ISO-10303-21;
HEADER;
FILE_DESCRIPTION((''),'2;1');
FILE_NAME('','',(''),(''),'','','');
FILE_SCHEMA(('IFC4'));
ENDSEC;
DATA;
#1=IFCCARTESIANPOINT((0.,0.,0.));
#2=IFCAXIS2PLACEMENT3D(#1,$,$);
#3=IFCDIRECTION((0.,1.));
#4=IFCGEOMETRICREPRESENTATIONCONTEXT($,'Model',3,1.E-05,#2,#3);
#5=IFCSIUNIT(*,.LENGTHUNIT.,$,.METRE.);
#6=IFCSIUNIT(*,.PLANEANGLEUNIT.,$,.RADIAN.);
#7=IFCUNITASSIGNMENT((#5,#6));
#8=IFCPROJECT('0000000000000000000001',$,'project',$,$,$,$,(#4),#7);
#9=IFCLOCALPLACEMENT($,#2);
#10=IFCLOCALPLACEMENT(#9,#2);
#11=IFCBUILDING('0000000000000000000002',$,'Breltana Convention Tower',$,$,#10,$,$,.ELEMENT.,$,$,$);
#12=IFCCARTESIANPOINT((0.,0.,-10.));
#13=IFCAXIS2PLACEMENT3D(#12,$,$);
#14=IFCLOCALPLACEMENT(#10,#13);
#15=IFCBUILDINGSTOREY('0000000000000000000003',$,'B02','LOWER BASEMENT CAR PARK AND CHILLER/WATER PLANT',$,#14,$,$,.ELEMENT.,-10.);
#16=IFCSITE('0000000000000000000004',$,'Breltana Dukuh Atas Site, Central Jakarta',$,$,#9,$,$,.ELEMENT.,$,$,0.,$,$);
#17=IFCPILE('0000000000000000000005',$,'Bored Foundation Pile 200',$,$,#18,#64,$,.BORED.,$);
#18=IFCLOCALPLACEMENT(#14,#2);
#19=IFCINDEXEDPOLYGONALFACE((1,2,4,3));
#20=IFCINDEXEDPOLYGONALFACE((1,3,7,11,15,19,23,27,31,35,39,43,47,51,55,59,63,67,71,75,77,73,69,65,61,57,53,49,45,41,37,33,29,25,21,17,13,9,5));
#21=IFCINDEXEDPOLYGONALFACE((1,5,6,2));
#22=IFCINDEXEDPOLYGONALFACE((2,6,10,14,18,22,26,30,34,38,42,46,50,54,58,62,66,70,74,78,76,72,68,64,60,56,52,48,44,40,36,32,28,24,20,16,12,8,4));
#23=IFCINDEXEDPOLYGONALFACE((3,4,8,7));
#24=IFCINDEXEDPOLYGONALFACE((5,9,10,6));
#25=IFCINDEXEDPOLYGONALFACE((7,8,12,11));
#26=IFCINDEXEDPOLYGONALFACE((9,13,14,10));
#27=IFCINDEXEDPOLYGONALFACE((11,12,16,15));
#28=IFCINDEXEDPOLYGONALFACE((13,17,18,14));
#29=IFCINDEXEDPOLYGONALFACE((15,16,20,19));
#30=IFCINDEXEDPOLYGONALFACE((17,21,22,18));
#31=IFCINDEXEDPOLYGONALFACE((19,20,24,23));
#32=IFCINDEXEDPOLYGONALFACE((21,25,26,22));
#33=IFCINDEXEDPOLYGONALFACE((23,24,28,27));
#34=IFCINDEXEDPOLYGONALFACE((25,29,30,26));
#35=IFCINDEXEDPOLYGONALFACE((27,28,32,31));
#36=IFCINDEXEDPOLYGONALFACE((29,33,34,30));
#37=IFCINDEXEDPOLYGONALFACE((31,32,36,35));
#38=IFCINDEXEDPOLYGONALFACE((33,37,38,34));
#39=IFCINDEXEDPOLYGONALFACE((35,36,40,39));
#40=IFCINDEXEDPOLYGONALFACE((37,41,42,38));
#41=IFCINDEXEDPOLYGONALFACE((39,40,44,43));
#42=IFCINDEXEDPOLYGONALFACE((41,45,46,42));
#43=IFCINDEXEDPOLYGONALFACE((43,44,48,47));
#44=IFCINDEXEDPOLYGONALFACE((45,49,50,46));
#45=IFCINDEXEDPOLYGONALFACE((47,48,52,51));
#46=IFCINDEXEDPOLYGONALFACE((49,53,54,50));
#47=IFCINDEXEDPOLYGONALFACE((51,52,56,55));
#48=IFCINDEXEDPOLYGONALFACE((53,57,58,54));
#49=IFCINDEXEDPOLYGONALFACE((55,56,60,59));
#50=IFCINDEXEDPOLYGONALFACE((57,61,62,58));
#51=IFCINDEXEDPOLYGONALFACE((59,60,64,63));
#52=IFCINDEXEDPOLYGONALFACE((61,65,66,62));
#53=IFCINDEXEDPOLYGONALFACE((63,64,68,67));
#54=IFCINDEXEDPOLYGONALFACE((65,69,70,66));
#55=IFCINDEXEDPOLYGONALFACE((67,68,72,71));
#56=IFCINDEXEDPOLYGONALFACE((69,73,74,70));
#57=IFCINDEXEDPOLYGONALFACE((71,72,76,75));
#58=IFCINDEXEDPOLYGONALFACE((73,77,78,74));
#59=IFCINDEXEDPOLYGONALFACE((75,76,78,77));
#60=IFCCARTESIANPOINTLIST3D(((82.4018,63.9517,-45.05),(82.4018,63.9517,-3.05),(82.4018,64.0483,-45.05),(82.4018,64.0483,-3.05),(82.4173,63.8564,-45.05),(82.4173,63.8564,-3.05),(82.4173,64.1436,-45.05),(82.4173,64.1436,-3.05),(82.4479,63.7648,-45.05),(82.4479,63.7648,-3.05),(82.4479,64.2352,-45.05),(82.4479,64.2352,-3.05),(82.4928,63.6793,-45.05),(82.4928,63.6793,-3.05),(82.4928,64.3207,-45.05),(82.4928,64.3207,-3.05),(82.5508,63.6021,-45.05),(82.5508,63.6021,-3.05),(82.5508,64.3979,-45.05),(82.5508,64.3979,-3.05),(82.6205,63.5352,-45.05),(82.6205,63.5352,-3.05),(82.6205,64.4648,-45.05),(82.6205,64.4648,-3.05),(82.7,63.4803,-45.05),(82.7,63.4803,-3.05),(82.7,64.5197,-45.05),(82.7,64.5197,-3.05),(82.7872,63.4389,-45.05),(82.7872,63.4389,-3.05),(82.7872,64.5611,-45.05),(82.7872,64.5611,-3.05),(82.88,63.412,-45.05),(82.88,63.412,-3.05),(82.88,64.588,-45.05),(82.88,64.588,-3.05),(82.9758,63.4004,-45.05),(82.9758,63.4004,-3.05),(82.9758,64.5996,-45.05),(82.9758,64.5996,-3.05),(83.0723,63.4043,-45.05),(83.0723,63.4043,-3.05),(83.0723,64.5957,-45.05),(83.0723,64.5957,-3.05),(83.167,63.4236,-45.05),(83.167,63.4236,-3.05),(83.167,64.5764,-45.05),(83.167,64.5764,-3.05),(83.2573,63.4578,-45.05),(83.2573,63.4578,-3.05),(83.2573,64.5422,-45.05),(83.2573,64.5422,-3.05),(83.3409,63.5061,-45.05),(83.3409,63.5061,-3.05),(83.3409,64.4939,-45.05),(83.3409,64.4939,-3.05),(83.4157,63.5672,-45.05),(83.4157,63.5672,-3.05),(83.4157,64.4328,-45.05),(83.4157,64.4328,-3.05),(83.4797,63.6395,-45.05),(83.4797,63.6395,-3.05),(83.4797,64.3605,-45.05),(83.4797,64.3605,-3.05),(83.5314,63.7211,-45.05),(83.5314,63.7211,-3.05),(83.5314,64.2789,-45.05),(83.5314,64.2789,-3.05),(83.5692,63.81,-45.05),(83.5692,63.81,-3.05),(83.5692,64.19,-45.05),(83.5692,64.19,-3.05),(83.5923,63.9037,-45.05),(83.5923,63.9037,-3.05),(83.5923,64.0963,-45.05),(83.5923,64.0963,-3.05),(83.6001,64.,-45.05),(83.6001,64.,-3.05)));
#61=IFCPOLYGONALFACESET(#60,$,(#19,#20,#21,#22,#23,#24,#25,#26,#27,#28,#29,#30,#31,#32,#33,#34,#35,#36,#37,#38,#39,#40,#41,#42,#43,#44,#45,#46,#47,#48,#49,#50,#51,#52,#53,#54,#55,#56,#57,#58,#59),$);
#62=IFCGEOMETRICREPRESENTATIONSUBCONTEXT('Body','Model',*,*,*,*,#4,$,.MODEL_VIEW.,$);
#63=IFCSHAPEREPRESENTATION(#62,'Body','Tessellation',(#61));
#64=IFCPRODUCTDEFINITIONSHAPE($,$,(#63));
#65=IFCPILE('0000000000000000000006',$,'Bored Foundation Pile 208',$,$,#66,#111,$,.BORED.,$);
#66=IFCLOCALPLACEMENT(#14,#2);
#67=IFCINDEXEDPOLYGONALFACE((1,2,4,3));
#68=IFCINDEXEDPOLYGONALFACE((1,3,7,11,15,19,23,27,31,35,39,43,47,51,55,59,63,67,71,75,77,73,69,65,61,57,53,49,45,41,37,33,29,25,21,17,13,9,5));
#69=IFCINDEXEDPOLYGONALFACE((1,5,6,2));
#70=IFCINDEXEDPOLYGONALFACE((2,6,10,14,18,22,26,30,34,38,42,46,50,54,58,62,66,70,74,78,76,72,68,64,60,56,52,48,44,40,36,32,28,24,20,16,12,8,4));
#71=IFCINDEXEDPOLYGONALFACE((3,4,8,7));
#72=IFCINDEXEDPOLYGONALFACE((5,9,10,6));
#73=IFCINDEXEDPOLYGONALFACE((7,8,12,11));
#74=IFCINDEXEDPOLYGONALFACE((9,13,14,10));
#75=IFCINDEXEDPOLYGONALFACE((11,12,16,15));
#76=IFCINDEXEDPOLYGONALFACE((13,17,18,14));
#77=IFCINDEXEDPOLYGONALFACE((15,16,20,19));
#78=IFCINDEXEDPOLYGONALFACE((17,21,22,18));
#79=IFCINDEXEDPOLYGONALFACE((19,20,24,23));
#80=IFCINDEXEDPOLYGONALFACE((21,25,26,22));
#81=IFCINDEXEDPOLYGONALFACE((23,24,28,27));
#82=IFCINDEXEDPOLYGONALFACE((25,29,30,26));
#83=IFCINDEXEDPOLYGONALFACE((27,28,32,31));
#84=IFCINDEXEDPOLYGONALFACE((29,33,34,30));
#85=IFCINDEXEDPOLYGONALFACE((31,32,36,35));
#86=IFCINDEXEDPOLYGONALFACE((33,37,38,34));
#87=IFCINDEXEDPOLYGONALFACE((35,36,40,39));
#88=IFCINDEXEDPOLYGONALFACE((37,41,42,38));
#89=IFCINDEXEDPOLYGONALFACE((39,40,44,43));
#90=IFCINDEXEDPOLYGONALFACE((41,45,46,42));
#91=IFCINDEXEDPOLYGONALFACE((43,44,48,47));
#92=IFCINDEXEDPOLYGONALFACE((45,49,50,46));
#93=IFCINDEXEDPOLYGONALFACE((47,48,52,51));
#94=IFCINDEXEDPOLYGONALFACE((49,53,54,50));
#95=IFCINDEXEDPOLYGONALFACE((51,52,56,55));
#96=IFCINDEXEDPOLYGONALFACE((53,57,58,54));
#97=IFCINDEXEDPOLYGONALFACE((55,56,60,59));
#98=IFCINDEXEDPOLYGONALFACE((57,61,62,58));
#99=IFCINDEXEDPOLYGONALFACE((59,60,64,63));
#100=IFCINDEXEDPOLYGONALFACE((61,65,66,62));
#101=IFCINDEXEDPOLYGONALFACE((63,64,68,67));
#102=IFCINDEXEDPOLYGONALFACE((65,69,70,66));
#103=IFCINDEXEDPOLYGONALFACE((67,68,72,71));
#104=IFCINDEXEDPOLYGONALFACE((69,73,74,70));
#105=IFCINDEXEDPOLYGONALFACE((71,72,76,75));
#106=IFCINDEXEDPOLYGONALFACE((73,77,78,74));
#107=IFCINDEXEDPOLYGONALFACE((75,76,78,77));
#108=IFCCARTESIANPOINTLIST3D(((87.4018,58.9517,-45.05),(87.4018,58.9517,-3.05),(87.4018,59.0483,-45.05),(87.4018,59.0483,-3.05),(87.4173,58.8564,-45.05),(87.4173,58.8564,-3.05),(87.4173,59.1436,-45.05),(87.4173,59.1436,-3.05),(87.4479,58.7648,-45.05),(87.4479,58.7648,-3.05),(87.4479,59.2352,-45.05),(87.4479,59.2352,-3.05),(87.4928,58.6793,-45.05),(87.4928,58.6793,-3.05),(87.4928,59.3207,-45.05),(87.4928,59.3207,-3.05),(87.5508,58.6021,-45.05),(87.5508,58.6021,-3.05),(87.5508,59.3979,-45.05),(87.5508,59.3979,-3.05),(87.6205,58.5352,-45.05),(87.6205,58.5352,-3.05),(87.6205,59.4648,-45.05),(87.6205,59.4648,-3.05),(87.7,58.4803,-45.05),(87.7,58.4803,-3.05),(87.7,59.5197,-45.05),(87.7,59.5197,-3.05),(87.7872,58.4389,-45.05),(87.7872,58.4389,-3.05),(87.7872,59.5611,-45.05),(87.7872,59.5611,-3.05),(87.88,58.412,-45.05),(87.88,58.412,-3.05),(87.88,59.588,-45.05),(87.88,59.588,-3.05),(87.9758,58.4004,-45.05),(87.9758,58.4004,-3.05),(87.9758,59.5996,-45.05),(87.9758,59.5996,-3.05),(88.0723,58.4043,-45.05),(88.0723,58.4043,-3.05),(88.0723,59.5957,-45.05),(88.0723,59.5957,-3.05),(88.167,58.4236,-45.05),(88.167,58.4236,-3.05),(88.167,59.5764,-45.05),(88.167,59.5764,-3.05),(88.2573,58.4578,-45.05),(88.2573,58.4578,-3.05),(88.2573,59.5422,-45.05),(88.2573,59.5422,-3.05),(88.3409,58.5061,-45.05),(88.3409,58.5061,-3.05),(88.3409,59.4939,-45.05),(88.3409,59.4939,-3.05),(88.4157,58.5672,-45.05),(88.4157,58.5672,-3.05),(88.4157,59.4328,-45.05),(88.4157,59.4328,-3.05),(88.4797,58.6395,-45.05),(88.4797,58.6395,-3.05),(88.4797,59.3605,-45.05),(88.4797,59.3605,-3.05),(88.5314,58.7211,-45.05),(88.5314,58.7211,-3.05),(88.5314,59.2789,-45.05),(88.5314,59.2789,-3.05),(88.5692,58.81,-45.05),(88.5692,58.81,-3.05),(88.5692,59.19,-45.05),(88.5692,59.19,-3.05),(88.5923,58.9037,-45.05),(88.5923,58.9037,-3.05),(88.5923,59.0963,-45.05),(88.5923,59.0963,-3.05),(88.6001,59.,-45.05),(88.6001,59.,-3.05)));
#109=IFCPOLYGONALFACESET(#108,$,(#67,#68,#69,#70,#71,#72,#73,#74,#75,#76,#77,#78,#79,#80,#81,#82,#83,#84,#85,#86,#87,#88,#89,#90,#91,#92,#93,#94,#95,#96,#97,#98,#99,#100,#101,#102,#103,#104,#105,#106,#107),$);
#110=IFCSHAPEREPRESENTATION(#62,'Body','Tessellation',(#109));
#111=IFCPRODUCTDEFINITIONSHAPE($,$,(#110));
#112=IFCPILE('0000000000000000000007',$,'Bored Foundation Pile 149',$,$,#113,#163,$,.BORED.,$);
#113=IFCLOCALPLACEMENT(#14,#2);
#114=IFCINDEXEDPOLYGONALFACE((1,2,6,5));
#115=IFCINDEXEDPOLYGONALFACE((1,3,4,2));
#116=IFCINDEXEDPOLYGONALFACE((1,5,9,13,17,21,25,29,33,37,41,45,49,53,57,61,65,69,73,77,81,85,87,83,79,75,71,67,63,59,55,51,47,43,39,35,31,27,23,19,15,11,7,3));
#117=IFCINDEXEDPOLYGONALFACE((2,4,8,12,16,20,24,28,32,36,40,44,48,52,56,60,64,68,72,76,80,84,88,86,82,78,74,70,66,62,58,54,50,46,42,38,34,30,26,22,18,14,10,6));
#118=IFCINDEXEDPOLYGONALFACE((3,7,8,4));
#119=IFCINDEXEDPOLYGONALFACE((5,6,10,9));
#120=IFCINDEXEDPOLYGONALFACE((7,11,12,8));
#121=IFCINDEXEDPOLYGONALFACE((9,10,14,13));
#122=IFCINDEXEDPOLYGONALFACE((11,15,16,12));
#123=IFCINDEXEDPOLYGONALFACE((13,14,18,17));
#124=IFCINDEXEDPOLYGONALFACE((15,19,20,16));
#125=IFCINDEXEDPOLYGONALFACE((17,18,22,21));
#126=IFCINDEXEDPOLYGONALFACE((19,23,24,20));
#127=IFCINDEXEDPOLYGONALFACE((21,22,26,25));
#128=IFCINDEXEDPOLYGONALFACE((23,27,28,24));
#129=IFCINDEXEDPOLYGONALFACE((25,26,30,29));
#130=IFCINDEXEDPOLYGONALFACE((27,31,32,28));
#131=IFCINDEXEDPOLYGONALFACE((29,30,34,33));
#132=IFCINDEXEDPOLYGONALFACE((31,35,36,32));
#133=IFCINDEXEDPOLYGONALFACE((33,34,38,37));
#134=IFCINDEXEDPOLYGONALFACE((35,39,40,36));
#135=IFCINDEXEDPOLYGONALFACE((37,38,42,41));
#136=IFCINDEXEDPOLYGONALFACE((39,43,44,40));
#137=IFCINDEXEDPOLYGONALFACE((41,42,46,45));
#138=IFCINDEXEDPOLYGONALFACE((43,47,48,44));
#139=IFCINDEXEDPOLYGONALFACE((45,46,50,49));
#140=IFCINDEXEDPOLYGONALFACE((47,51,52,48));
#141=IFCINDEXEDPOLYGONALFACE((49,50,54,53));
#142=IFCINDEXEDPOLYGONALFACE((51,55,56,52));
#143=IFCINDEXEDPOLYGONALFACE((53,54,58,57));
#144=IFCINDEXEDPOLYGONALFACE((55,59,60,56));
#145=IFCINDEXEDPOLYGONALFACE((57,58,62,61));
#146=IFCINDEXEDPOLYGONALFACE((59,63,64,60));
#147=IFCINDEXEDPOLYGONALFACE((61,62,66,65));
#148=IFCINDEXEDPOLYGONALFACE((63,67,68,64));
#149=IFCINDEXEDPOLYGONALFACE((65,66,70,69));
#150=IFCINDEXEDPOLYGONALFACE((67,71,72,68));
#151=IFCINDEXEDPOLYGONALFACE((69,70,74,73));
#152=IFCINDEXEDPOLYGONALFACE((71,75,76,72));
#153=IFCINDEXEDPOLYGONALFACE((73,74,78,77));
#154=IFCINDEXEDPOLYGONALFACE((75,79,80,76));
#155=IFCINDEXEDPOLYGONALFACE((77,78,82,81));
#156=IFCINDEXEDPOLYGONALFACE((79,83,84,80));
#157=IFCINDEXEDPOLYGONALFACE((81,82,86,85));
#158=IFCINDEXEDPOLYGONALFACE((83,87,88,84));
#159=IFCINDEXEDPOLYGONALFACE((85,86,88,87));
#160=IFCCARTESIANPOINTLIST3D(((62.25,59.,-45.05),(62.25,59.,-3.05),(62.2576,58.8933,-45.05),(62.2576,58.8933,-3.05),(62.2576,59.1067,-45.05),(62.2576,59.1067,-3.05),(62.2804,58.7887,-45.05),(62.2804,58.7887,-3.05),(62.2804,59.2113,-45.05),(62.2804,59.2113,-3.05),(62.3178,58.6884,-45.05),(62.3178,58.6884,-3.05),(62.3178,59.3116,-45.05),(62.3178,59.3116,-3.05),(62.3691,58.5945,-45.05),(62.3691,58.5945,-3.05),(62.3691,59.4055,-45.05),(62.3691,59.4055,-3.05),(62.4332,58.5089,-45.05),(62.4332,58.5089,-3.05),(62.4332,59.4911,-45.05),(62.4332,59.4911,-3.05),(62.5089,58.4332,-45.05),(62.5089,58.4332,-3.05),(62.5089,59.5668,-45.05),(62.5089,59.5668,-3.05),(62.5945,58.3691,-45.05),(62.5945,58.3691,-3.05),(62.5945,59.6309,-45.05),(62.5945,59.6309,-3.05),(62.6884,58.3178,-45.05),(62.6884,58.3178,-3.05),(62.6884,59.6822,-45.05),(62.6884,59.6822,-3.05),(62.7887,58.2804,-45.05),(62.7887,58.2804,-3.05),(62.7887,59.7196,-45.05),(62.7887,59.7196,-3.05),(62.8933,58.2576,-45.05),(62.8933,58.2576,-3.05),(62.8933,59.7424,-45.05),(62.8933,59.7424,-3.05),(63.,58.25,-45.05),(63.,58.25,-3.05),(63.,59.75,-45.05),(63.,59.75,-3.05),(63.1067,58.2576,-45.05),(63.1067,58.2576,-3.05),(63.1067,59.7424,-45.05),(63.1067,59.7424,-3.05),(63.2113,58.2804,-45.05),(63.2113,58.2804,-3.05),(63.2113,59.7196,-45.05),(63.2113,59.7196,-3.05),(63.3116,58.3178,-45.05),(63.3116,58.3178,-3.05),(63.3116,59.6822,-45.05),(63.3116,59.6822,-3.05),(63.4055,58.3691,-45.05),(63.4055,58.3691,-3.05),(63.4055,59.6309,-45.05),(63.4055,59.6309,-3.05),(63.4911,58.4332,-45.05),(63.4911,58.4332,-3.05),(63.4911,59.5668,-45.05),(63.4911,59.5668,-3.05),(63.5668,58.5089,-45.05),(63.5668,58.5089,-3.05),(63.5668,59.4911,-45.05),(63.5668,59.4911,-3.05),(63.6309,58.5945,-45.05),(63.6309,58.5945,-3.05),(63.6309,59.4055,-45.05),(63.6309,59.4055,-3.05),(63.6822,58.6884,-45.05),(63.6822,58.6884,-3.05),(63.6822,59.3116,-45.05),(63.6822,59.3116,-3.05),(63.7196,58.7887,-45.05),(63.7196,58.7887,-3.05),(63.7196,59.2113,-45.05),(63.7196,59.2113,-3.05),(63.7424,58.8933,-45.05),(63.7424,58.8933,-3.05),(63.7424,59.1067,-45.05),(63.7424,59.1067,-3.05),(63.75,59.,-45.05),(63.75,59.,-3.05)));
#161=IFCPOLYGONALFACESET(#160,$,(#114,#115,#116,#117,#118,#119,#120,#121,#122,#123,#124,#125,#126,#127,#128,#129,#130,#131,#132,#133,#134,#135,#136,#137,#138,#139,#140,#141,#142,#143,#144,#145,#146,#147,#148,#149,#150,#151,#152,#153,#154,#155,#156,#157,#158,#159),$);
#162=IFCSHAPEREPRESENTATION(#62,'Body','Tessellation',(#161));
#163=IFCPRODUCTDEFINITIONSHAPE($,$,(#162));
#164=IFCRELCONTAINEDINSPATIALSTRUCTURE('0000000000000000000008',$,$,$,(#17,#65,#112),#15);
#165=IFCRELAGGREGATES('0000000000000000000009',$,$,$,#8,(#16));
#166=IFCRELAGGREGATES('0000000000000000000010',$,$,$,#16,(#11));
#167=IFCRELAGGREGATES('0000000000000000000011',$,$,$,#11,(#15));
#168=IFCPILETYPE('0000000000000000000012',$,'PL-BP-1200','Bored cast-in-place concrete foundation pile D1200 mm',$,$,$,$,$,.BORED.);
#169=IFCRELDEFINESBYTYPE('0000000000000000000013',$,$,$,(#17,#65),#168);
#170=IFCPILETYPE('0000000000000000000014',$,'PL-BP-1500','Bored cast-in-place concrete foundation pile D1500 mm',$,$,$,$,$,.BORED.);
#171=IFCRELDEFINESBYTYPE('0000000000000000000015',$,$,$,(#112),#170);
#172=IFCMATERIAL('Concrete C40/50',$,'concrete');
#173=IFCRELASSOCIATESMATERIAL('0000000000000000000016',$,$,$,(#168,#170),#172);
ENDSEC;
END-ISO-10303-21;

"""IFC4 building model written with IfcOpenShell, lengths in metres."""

from ifc_helpers import new_model, si_unit, direction, frame, origin, origin_2d, place, context, subcontext, project, spatial, circle, extrude, source, transform, mapped, material, material_profile, profile_set, type_object, type_shapes, element, save


model = new_model("IFC4")

# Units and contexts
model_context = context("Model", 3, precision=1e-05, world=origin(), true_north=direction((0.0, 1.0)))
body_context = subcontext(model_context, "Body", "Model", "MODEL_VIEW")
ifc_project = project(units=[si_unit("LENGTHUNIT", "METRE"), si_unit("PLANEANGLEUNIT", "RADIAN")], contexts=[model_context])

# Site, building, storey
site_placement = place(None, origin())
site = spatial("IfcSite", under=ifc_project, at=site_placement, Name="Breltana Dukuh Atas Site, Central Jakarta", CompositionType="ELEMENT", RefElevation=0.0)
building_placement = place(site_placement, origin())
building = spatial("IfcBuilding", under=site, at=building_placement, Name="Breltana Convention Tower", CompositionType="ELEMENT")
storey_placement = place(building_placement, frame((0.0, 0.0, -10.0)))
storey = spatial("IfcBuildingStorey", under=building, at=storey_placement, Name="B02", Description="LOWER BASEMENT CAR PARK AND CHILLER/WATER PLANT", CompositionType="ELEMENT", Elevation=-10.0)

# Piles
ifc_material_1 = material(Name="Concrete C40/50", Category="concrete")
ifc_material_profile_1 = material_profile(ifc_material_1, circle(Radius=0.6001, at=origin_2d()), Name="BP-D1200")
ifc_profile_set_1 = profile_set([ifc_material_profile_1], Name="Concrete C40/50")
pile_type_1 = type_object("IfcPileType", Name="PL-BP-1200", Description="Bored cast-in-place concrete foundation pile D1200 mm", PredefinedType="BORED", material=ifc_profile_set_1)
shared_shape_1 = source(origin(), body_context, "Body", "SweptSolid", [
    extrude(circle(Radius=0.6001, at=origin_2d()), origin(), (0.0, 0.0, 1.0), 42.0),
])
type_shapes(pile_type_1, [shared_shape_1])
for number, where, z_axis, x_axis, name in (
    (1, (83.0, 64.0, -3.05), (0.0, 0.0, -1.0), (1.0, 0.0, 0.0), "Bored Foundation Pile 200"),
    (2, (88.0, 59.0, -3.05), (0.0, 0.0, -1.0), (1.0, 0.0, 0.0), "Bored Foundation Pile 208"),
):
    element("IfcPile", number, at=place(storey_placement, frame(where, z_axis=z_axis, x_axis=x_axis)), inside=storey, type_object=pile_type_1, Name=name, PredefinedType="BORED", context=body_context, shape_type="MappedRepresentation", body=[
        mapped(shared_shape_1, transform((0.0, 0.0, 0.0), scale=1.0)),
    ])
ifc_material_profile_2 = material_profile(ifc_material_1, circle(Radius=0.75, at=origin_2d()), Name="BP-D1500")
ifc_profile_set_2 = profile_set([ifc_material_profile_2], Name="Concrete C40/50")
pile_type_2 = type_object("IfcPileType", Name="PL-BP-1500", Description="Bored cast-in-place concrete foundation pile D1500 mm", PredefinedType="BORED", material=ifc_profile_set_2)
shared_shape_2 = source(origin(), body_context, "Body", "SweptSolid", [
    extrude(circle(Radius=0.75, at=origin_2d()), origin(), (0.0, 0.0, 1.0), 42.0),
])
type_shapes(pile_type_2, [shared_shape_2])
for number, where, z_axis, x_axis, name in (
    (3, (63.0, 59.0, -3.05), (0.0, 0.0, -1.0), (1.0, 0.0, 0.0), "Bored Foundation Pile 149"),
):
    element("IfcPile", number, at=place(storey_placement, frame(where, z_axis=z_axis, x_axis=x_axis)), inside=storey, type_object=pile_type_2, Name=name, PredefinedType="BORED", context=body_context, shape_type="MappedRepresentation", body=[
        mapped(shared_shape_2, transform((0.0, 0.0, 0.0), scale=1.0)),
    ])

save(model, "model.ifc")
